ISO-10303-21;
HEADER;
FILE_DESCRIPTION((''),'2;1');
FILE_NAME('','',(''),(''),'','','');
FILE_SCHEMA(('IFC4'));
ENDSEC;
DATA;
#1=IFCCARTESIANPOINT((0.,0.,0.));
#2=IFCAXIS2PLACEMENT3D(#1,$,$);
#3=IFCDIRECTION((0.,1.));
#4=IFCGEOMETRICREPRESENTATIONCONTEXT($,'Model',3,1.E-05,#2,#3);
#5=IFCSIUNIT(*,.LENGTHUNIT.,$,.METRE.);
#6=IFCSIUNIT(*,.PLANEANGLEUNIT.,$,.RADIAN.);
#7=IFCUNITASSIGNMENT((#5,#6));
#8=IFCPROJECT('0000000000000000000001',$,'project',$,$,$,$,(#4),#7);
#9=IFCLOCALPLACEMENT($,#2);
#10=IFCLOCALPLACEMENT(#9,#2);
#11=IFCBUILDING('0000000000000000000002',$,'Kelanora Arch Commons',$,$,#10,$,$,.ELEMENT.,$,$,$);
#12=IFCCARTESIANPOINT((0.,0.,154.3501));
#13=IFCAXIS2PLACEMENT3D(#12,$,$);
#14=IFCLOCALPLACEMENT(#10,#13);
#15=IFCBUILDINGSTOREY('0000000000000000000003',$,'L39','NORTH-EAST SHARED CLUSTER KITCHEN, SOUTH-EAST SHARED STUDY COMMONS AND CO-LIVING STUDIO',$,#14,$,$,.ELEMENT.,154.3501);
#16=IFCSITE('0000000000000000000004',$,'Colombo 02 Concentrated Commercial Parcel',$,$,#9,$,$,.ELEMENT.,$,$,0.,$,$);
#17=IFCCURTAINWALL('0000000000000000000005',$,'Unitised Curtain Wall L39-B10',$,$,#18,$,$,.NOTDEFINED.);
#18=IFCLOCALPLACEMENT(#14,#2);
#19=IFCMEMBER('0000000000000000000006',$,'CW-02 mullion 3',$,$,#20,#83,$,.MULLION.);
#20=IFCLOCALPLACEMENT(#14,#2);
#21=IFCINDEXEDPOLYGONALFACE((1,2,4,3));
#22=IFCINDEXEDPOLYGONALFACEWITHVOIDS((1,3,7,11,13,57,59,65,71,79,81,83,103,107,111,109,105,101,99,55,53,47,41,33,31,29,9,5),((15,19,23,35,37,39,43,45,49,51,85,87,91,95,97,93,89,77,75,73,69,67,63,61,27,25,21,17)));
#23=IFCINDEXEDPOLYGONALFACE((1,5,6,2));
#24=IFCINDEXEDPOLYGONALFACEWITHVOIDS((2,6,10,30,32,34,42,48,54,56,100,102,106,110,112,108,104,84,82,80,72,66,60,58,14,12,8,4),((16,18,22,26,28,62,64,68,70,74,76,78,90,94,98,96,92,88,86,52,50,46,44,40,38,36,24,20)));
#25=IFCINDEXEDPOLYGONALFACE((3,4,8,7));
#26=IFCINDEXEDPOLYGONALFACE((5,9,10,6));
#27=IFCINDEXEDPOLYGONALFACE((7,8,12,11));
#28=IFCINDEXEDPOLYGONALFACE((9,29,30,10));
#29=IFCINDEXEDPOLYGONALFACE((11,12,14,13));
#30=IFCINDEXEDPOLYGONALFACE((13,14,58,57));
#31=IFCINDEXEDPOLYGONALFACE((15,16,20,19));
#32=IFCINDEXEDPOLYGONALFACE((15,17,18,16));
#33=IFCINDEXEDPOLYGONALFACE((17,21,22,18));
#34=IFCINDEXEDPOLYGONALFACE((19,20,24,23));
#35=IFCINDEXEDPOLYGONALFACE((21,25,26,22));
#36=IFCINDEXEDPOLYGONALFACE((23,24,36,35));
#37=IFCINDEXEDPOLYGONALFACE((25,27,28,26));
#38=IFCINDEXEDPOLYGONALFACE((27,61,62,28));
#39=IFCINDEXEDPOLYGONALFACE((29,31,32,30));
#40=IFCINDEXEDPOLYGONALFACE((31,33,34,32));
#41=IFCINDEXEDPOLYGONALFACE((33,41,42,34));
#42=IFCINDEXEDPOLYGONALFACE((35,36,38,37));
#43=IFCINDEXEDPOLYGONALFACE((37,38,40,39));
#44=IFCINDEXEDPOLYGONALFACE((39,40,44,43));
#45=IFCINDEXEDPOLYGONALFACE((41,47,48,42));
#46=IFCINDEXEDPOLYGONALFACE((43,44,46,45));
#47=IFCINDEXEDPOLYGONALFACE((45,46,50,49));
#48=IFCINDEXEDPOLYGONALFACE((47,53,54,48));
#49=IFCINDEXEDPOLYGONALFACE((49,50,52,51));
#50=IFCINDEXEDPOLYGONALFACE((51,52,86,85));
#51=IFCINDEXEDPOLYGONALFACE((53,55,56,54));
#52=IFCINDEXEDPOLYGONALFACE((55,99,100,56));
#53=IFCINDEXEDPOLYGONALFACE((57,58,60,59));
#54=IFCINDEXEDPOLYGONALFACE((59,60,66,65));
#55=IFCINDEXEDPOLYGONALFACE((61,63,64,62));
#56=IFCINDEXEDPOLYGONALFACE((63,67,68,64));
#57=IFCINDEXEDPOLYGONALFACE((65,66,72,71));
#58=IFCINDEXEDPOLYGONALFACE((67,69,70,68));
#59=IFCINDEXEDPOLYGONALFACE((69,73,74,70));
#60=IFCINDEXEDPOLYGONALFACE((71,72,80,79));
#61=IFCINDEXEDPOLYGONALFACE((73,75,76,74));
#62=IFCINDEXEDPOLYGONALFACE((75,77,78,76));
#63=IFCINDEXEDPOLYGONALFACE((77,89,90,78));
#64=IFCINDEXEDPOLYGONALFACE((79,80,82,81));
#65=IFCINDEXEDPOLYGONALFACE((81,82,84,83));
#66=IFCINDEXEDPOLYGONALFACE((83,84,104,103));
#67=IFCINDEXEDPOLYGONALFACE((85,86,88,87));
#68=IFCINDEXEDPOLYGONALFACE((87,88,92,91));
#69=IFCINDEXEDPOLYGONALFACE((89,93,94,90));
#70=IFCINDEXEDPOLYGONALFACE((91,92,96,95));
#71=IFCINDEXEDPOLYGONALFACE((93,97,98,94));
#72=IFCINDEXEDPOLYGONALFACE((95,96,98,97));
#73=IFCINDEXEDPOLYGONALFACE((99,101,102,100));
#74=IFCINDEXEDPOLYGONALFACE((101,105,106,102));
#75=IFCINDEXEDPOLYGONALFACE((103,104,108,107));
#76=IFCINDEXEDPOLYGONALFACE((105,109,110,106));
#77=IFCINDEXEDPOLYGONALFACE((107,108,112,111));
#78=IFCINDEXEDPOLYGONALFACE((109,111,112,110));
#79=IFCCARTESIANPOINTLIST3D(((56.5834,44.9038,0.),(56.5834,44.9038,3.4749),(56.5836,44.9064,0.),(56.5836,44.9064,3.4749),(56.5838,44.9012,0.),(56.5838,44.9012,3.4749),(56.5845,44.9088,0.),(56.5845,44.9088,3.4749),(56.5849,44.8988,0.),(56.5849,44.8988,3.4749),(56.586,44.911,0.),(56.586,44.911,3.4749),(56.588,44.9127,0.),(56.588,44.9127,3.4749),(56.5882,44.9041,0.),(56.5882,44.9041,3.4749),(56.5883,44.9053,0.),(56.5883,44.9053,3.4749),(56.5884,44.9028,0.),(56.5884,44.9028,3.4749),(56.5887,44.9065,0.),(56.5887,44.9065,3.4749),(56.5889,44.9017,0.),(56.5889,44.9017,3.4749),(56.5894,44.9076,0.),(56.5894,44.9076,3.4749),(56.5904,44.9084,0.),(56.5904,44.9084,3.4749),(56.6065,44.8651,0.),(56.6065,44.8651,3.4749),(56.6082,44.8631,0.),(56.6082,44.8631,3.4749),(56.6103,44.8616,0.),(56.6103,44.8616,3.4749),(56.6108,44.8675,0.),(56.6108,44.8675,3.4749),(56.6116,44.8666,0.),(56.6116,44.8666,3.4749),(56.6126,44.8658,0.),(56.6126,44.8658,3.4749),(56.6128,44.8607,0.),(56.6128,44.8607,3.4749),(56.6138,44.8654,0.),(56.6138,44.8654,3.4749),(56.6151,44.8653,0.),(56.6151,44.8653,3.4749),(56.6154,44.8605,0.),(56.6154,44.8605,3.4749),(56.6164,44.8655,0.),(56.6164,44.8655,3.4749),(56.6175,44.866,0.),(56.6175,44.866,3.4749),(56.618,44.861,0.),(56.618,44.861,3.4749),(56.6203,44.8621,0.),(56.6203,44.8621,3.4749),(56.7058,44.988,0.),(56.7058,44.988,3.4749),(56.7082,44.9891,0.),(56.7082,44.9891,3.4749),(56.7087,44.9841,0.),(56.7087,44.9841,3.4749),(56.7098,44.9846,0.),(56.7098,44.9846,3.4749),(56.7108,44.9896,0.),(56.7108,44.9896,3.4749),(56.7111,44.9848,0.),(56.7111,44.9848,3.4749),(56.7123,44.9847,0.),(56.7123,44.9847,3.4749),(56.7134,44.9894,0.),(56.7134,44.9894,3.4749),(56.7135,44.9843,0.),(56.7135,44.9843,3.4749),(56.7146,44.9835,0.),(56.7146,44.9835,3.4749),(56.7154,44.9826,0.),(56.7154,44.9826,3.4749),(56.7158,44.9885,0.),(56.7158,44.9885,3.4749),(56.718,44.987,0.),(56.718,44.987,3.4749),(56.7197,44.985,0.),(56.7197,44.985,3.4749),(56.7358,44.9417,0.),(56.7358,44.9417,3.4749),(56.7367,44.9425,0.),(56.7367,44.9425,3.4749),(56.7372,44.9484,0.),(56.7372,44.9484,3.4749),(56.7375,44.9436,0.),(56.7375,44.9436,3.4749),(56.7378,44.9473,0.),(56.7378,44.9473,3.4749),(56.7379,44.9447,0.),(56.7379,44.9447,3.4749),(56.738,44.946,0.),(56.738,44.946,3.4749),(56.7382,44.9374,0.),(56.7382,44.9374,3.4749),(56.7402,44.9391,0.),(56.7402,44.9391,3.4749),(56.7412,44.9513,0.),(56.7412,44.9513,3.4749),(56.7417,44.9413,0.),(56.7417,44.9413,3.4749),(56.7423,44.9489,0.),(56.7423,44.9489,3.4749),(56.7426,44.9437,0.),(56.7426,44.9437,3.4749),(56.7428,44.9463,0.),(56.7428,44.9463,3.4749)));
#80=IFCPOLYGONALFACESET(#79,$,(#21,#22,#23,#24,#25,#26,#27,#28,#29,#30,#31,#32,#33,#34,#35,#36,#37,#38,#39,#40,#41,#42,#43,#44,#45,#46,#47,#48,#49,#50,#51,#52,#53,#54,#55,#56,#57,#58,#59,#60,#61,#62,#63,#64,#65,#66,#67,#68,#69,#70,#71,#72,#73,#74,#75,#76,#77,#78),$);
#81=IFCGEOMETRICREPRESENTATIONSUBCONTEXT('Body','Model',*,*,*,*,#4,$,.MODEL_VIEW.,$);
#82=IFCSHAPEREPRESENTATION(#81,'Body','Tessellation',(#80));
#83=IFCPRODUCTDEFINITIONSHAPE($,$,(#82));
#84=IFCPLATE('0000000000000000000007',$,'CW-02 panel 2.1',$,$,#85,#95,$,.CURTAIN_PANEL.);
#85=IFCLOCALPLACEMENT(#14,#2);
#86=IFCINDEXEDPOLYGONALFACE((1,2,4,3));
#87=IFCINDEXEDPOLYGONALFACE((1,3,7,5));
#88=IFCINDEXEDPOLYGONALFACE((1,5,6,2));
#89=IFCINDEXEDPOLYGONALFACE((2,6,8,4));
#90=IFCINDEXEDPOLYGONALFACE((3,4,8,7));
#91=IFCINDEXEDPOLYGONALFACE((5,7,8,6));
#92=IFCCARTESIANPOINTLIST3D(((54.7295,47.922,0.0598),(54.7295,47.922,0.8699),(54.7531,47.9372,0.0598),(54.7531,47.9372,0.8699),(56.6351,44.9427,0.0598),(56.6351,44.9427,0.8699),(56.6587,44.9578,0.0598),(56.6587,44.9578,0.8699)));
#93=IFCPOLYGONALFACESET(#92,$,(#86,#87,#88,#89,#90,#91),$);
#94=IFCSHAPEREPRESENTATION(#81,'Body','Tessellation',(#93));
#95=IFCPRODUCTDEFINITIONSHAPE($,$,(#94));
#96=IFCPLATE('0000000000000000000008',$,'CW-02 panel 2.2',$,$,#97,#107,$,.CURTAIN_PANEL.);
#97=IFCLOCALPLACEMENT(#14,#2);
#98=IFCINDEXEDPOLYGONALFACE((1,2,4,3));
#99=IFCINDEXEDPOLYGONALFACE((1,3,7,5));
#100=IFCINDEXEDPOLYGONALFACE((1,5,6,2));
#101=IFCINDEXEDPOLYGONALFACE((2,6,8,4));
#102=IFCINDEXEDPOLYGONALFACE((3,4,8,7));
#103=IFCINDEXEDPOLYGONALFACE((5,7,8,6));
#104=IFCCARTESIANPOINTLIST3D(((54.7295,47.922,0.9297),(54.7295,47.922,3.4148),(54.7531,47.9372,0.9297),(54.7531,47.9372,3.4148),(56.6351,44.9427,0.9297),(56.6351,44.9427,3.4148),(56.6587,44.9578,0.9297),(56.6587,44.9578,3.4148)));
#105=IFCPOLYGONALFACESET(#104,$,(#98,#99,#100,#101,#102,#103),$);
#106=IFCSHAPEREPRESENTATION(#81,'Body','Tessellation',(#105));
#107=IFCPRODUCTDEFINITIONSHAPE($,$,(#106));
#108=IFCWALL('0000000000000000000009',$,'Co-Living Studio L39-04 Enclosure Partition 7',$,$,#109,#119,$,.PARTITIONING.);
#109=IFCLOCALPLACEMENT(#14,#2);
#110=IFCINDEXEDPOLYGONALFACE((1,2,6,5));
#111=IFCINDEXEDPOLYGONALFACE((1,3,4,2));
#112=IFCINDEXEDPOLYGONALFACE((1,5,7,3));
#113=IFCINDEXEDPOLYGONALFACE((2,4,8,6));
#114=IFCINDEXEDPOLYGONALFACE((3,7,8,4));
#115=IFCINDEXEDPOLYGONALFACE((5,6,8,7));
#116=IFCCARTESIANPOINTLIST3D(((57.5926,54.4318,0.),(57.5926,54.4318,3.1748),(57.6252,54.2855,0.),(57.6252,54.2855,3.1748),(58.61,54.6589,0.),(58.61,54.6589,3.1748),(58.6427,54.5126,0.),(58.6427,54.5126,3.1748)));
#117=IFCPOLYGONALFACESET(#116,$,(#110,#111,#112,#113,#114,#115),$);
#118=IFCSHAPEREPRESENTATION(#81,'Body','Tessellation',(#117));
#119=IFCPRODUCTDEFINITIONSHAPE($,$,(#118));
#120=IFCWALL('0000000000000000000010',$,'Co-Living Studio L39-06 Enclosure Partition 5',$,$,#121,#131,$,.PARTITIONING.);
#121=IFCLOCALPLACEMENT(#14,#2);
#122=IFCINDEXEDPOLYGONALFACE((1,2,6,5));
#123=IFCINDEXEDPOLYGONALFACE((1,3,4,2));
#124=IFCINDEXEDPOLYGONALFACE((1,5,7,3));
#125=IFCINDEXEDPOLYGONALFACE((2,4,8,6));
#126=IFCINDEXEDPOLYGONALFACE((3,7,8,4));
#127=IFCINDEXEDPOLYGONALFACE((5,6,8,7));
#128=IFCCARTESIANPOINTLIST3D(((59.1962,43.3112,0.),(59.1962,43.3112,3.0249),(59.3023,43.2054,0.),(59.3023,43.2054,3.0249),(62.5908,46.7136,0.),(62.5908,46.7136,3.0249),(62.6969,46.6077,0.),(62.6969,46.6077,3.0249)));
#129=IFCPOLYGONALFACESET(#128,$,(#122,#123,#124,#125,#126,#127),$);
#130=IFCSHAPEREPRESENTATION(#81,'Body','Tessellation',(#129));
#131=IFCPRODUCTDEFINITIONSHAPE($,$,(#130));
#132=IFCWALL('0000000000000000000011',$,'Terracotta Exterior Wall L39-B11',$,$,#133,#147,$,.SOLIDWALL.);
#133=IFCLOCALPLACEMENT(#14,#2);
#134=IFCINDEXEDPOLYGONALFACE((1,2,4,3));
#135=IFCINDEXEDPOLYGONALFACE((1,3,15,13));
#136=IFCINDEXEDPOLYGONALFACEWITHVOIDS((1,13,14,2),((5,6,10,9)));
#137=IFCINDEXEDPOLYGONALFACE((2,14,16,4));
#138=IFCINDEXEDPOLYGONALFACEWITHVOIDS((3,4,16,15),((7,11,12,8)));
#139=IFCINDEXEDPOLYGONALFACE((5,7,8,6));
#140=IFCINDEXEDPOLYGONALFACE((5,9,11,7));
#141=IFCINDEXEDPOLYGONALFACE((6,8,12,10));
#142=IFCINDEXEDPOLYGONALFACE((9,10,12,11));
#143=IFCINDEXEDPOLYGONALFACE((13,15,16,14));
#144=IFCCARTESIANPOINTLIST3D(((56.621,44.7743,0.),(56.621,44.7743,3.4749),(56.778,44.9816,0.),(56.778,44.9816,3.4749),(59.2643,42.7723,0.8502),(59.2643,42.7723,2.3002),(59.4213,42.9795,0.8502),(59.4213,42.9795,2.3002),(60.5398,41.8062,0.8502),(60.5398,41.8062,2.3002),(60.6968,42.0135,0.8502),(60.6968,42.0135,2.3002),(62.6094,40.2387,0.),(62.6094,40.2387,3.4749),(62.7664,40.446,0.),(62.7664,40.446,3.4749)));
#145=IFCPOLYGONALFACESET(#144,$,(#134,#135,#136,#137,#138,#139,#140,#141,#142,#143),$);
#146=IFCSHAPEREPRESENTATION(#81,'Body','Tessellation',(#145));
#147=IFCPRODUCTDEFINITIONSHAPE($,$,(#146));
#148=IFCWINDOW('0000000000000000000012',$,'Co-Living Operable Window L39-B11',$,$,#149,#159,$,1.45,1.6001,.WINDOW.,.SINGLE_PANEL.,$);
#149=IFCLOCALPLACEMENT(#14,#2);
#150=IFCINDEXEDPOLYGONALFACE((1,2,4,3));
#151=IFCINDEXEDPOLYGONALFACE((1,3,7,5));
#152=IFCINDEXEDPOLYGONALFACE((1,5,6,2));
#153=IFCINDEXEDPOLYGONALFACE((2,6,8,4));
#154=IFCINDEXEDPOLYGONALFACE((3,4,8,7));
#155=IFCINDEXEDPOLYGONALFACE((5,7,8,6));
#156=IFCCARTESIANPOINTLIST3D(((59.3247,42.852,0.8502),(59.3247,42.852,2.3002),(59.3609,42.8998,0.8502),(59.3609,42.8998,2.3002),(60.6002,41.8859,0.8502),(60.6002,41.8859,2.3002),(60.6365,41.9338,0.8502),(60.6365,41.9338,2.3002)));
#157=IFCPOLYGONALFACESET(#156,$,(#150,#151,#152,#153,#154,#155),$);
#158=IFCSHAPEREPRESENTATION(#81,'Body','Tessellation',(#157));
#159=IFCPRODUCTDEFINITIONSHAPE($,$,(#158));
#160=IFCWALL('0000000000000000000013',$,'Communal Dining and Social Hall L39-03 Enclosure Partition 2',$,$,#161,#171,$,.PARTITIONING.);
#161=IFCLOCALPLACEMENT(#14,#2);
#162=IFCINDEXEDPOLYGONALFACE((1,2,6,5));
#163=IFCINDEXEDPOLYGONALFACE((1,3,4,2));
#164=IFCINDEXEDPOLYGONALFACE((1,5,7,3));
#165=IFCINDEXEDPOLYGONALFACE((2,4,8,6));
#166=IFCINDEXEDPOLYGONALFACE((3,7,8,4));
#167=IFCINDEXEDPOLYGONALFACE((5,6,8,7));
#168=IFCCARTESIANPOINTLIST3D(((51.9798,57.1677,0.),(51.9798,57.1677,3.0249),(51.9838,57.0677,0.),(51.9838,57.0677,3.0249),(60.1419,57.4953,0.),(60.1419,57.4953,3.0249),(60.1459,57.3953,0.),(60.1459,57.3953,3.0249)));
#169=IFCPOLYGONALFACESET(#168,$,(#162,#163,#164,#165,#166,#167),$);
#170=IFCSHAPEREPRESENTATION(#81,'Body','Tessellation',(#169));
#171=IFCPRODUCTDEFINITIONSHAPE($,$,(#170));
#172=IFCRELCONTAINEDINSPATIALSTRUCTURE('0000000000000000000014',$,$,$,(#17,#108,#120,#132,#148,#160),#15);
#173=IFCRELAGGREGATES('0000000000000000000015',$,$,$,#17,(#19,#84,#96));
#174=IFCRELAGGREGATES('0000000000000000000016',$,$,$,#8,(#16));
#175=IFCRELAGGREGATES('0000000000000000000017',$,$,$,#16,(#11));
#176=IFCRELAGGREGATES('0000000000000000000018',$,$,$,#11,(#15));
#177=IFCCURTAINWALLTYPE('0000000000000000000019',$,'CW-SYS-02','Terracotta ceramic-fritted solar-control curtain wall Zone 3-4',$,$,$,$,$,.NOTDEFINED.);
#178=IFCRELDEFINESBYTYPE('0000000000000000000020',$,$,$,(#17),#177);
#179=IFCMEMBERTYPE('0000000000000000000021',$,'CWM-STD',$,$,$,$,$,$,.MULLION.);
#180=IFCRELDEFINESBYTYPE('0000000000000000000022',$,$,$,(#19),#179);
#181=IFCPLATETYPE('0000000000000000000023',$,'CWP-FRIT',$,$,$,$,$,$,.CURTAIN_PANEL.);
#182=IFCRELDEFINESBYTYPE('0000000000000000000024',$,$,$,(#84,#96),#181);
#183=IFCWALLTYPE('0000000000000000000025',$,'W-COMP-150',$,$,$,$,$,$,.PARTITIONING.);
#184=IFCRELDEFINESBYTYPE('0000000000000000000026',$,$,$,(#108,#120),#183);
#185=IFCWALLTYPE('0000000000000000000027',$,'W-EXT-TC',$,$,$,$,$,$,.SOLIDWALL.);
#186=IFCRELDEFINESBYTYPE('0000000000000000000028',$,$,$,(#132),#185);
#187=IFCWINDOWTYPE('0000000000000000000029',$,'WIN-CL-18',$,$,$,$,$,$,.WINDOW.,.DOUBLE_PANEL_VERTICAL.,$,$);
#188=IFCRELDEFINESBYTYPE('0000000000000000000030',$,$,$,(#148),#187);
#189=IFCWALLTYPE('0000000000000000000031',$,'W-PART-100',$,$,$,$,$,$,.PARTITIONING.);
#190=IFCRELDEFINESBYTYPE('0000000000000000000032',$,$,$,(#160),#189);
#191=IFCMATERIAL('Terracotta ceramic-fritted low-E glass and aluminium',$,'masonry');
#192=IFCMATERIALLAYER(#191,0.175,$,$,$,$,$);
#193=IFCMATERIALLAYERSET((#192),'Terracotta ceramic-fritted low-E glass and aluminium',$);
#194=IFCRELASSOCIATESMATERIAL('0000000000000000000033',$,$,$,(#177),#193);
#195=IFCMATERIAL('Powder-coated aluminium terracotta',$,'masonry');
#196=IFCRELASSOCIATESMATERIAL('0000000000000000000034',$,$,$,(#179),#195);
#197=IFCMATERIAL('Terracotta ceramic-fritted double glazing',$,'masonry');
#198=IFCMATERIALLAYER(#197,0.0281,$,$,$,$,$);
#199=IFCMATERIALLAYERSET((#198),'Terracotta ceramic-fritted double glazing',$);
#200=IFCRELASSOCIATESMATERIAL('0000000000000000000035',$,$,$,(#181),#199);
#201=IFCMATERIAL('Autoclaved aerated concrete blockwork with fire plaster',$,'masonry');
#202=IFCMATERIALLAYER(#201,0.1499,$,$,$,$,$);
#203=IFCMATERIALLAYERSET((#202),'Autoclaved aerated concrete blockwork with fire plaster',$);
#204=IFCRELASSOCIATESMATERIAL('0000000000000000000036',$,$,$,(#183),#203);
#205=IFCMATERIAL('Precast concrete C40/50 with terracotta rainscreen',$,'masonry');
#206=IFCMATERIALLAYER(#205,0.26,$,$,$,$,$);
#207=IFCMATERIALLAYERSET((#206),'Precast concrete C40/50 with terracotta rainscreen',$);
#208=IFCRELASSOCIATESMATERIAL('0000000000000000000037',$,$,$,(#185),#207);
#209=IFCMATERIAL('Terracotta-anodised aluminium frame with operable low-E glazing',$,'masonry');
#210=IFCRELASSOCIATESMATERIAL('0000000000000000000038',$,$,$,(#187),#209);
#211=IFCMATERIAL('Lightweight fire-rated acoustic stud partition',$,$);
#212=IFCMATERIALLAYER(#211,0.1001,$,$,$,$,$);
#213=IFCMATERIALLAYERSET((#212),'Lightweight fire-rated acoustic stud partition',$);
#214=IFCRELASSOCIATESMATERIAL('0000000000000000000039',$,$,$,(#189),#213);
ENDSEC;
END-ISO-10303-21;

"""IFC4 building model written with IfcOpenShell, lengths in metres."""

from ifc_helpers import new_model, si_unit, direction, frame, frame_2d, origin, origin_2d, place, context, subcontext, project, spatial, rectangle, hollow_rectangle, extrude, source, transform, mapped, material, layer, layer_set, material_profile, profile_set, type_object, element, fill, aggregate, save


model = new_model("IFC4")

# Units and contexts
model_context = context("Model", 3, precision=1e-05, world=origin(), true_north=direction((0.0, 1.0)))
body_context = subcontext(model_context, "Body", "Model", "MODEL_VIEW")
ifc_project = project(units=[si_unit("LENGTHUNIT", "METRE"), si_unit("PLANEANGLEUNIT", "RADIAN")], contexts=[model_context])

# Site, building, storey
site_placement = place(None, origin())
site = spatial("IfcSite", under=ifc_project, at=site_placement, Name="Colombo 02 Concentrated Commercial Parcel", CompositionType="ELEMENT", RefElevation=0.0)
building_placement = place(site_placement, origin())
building = spatial("IfcBuilding", under=site, at=building_placement, Name="Kelanora Arch Commons", CompositionType="ELEMENT")
storey_placement = place(building_placement, frame((0.0, 0.0, 154.3501)))
storey = spatial("IfcBuildingStorey", under=building, at=storey_placement, Name="L39", Description="NORTH-EAST SHARED CLUSTER KITCHEN, SOUTH-EAST SHARED STUDY COMMONS AND CO-LIVING STUDIO", CompositionType="ELEMENT", Elevation=154.3501)

# Curtain wall, member, plates
ifc_material_1 = material(Name="Terracotta ceramic-fritted low-E glass and aluminium", Category="masonry")
ifc_layer_1 = layer(ifc_material_1, 0.175)
ifc_layer_set_1 = layer_set([ifc_layer_1], Name="Terracotta ceramic-fritted low-E glass and aluminium")
curtain_wall_type = type_object("IfcCurtainWallType", Name="CW-SYS-02", Description="Terracotta ceramic-fritted solar-control curtain wall Zone 3-4", PredefinedType="NOTDEFINED", material=ifc_layer_set_1)
curtain_wall_placement = place(storey_placement, origin())
curtain_wall = element("IfcCurtainWall", 1, at=curtain_wall_placement, inside=storey, type_object=curtain_wall_type, Name="Unitised Curtain Wall L39-B10", PredefinedType="NOTDEFINED")
ifc_material_2 = material(Name="Powder-coated aluminium terracotta", Category="masonry")
ifc_material_profile_1 = material_profile(ifc_material_2, hollow_rectangle(XDim=0.1599, YDim=0.0601, WallThickness=0.0049, InnerFilletRadius=0.0049, OuterFilletRadius=0.01, at=origin_2d()), Name="CWM160x60")
ifc_profile_set_1 = profile_set([ifc_material_profile_1], Name="Powder-coated aluminium terracotta")
member_type = type_object("IfcMemberType", Name="CWM-STD", PredefinedType="MULLION", material=ifc_profile_set_1)
member_placement = place(storey_placement, frame((56.6631, 44.925, 0.0), z_axis=(0.0, 0.0, 1.0), x_axis=(0.842423, 0.538817, 0.0)))
member = element("IfcMember", 2, at=member_placement, type_object=member_type, Name="CW-02 mullion 3", PredefinedType="MULLION", context=body_context, shape_type="SweptSolid", body=[
    extrude(hollow_rectangle(XDim=0.1599, YDim=0.0601, WallThickness=0.0049, InnerFilletRadius=0.0049, OuterFilletRadius=0.01, at=origin_2d()), origin(), (0.0, 0.0, 1.0), 3.4749),
])
ifc_material_3 = material(Name="Terracotta ceramic-fritted double glazing", Category="masonry")
ifc_layer_2 = layer(ifc_material_3, 0.0281)
ifc_layer_set_2 = layer_set([ifc_layer_2], Name="Terracotta ceramic-fritted double glazing")
plate_type = type_object("IfcPlateType", Name="CWP-FRIT", PredefinedType="CURTAIN_PANEL", material=ifc_layer_set_2)
shared_shape_1 = source(origin(), body_context, "Body", "SweptSolid", [
    extrude(rectangle(XDim=3.5366, YDim=0.0281, at=origin_2d()), origin(), (0.0, 0.0, 1.0), 0.8101),
])
plate_1_placement = place(storey_placement, frame((55.6941, 46.4399, 0.0598), z_axis=(0.0, 0.0, 1.0), x_axis=(0.538817, -0.842423, 0.0)))
plate_1 = element("IfcPlate", 3, at=plate_1_placement, type_object=plate_type, Name="CW-02 panel 2.1", PredefinedType="CURTAIN_PANEL", context=body_context, shape_type="MappedRepresentation", body=[
    mapped(shared_shape_1, transform((0.0, 0.0, 0.0), scale=1.0)),
])
shared_shape_2 = source(origin(), body_context, "Body", "SweptSolid", [
    extrude(rectangle(XDim=3.5366, YDim=0.0281, at=origin_2d()), origin(), (0.0, 0.0, 1.0), 2.4851),
])
plate_2_placement = place(storey_placement, frame((55.6941, 46.4399, 0.9297), z_axis=(0.0, 0.0, 1.0), x_axis=(0.538817, -0.842423, 0.0)))
plate_2 = element("IfcPlate", 4, at=plate_2_placement, type_object=plate_type, Name="CW-02 panel 2.2", PredefinedType="CURTAIN_PANEL", context=body_context, shape_type="MappedRepresentation", body=[
    mapped(shared_shape_2, transform((0.0, 0.0, 0.0), scale=1.0)),
])
aggregate(curtain_wall, [member, plate_1, plate_2])

# Walls
ifc_material_4 = material(Name="Autoclaved aerated concrete blockwork with fire plaster", Category="masonry")
ifc_layer_3 = layer(ifc_material_4, 0.1499)
ifc_layer_set_3 = layer_set([ifc_layer_3], Name="Autoclaved aerated concrete blockwork with fire plaster")
wall_type_1 = type_object("IfcWallType", Name="W-COMP-150", PredefinedType="PARTITIONING", material=ifc_layer_set_3)
wall_1_placement = place(storey_placement, frame((57.6089, 54.3586, 0.0), z_axis=(0.0, 0.0, 1.0), x_axis=(0.975988, 0.217823, 0.0)))
element("IfcWall", 5, at=wall_1_placement, inside=storey, type_object=wall_type_1, Name="Co-Living Studio L39-04 Enclosure Partition 7", PredefinedType="PARTITIONING", context=body_context, shape_type="SweptSolid", body=[
    extrude(rectangle(XDim=1.0425, YDim=0.1499, at=frame_2d((0.5212, 0.0))), origin(), (0.0, 0.0, 1.0), 3.1748),
])
wall_2_placement = place(storey_placement, frame((59.2493, 43.2583, 0.0), z_axis=(0.0, 0.0, 1.0), x_axis=(0.706294, 0.707919, 0.0)))
element("IfcWall", 6, at=wall_2_placement, inside=storey, type_object=wall_type_1, Name="Co-Living Studio L39-06 Enclosure Partition 5", PredefinedType="PARTITIONING", context=body_context, shape_type="SweptSolid", body=[
    extrude(rectangle(XDim=4.8062, YDim=0.1499, at=frame_2d((2.4031, 0.0))), origin(), (0.0, 0.0, 1.0), 3.0249),
])

# Wall, opening, window
ifc_material_5 = material(Name="Precast concrete C40/50 with terracotta rainscreen", Category="masonry")
ifc_layer_4 = layer(ifc_material_5, 0.26)
ifc_layer_set_4 = layer_set([ifc_layer_4], Name="Precast concrete C40/50 with terracotta rainscreen")
wall_type_2 = type_object("IfcWallType", Name="W-EXT-TC", PredefinedType="SOLIDWALL", material=ifc_layer_set_4)
wall_3_placement = place(storey_placement, frame((56.6995, 44.8779, 0.0), z_axis=(0.0, 0.0, 1.0), x_axis=(0.797164, -0.603763, 0.0)))
wall_3 = element("IfcWall", 7, at=wall_3_placement, inside=storey, type_object=wall_type_2, Name="Terracotta Exterior Wall L39-B11", PredefinedType="SOLIDWALL", context=body_context, shape_type="SweptSolid", body=[
    extrude(rectangle(XDim=7.5122, YDim=0.26, at=frame_2d((3.7561, 0.0))), origin(), (0.0, 0.0, 1.0), 3.4749),
])
opening_1_placement = place(wall_3_placement, frame((3.3159, 0.0, 0.8501)))
opening_1 = element("IfcOpeningElement", 8, at=opening_1_placement, cuts=wall_3, PredefinedType="OPENING", context=body_context, shape_type="SweptSolid", body=[
    extrude(rectangle(XDim=1.6001, YDim=1.45, at=frame_2d((0.8, 0.7251))), frame((0.0, 0.1401, 0.0), z_axis=(0.0, -1.0, 0.0), x_axis=(1.0, 0.0, 0.0)), (0.0, 0.0, 1.0), 0.28),
])
ifc_material_6 = material(Name="Terracotta-anodised aluminium frame with operable low-E glazing", Category="masonry")
window_type = type_object("IfcWindowType", Name="WIN-CL-18", PartitioningType="DOUBLE_PANEL_VERTICAL", PredefinedType="WINDOW", material=ifc_material_6)
window_placement = place(opening_1_placement, origin())
window = element("IfcWindow", 9, at=window_placement, inside=storey, type_object=window_type, Name="Co-Living Operable Window L39-B11", OverallHeight=1.45, OverallWidth=1.6001, PartitioningType="SINGLE_PANEL", PredefinedType="WINDOW", context=body_context, shape_type="SweptSolid", body=[
    extrude(rectangle(XDim=1.6001, YDim=1.45, at=frame_2d((0.8, 0.7251))), frame((0.0, 0.03, 0.0), z_axis=(0.0, -1.0, 0.0), x_axis=(1.0, 0.0, 0.0)), (0.0, 0.0, 1.0), 0.0601),
])
fill(opening_1, window)

# Wall
ifc_material_7 = material(Name="Lightweight fire-rated acoustic stud partition")
ifc_layer_5 = layer(ifc_material_7, 0.1001)
ifc_layer_set_5 = layer_set([ifc_layer_5], Name="Lightweight fire-rated acoustic stud partition")
wall_type_3 = type_object("IfcWallType", Name="W-PART-100", PredefinedType="PARTITIONING", material=ifc_layer_set_5)
wall_4_placement = place(storey_placement, frame((60.144, 57.4453, 0.0), z_axis=(0.0, 0.0, 1.0), x_axis=(-0.999195, -0.040109, 0.0)))
element("IfcWall", 10, at=wall_4_placement, inside=storey, type_object=wall_type_3, Name="Communal Dining and Social Hall L39-03 Enclosure Partition 2", PredefinedType="PARTITIONING", context=body_context, shape_type="SweptSolid", body=[
    extrude(rectangle(XDim=8.1687, YDim=0.1001, at=frame_2d((4.0845, 0.0))), origin(), (0.0, 0.0, 1.0), 3.0249),
])

save(model, "model.ifc")
